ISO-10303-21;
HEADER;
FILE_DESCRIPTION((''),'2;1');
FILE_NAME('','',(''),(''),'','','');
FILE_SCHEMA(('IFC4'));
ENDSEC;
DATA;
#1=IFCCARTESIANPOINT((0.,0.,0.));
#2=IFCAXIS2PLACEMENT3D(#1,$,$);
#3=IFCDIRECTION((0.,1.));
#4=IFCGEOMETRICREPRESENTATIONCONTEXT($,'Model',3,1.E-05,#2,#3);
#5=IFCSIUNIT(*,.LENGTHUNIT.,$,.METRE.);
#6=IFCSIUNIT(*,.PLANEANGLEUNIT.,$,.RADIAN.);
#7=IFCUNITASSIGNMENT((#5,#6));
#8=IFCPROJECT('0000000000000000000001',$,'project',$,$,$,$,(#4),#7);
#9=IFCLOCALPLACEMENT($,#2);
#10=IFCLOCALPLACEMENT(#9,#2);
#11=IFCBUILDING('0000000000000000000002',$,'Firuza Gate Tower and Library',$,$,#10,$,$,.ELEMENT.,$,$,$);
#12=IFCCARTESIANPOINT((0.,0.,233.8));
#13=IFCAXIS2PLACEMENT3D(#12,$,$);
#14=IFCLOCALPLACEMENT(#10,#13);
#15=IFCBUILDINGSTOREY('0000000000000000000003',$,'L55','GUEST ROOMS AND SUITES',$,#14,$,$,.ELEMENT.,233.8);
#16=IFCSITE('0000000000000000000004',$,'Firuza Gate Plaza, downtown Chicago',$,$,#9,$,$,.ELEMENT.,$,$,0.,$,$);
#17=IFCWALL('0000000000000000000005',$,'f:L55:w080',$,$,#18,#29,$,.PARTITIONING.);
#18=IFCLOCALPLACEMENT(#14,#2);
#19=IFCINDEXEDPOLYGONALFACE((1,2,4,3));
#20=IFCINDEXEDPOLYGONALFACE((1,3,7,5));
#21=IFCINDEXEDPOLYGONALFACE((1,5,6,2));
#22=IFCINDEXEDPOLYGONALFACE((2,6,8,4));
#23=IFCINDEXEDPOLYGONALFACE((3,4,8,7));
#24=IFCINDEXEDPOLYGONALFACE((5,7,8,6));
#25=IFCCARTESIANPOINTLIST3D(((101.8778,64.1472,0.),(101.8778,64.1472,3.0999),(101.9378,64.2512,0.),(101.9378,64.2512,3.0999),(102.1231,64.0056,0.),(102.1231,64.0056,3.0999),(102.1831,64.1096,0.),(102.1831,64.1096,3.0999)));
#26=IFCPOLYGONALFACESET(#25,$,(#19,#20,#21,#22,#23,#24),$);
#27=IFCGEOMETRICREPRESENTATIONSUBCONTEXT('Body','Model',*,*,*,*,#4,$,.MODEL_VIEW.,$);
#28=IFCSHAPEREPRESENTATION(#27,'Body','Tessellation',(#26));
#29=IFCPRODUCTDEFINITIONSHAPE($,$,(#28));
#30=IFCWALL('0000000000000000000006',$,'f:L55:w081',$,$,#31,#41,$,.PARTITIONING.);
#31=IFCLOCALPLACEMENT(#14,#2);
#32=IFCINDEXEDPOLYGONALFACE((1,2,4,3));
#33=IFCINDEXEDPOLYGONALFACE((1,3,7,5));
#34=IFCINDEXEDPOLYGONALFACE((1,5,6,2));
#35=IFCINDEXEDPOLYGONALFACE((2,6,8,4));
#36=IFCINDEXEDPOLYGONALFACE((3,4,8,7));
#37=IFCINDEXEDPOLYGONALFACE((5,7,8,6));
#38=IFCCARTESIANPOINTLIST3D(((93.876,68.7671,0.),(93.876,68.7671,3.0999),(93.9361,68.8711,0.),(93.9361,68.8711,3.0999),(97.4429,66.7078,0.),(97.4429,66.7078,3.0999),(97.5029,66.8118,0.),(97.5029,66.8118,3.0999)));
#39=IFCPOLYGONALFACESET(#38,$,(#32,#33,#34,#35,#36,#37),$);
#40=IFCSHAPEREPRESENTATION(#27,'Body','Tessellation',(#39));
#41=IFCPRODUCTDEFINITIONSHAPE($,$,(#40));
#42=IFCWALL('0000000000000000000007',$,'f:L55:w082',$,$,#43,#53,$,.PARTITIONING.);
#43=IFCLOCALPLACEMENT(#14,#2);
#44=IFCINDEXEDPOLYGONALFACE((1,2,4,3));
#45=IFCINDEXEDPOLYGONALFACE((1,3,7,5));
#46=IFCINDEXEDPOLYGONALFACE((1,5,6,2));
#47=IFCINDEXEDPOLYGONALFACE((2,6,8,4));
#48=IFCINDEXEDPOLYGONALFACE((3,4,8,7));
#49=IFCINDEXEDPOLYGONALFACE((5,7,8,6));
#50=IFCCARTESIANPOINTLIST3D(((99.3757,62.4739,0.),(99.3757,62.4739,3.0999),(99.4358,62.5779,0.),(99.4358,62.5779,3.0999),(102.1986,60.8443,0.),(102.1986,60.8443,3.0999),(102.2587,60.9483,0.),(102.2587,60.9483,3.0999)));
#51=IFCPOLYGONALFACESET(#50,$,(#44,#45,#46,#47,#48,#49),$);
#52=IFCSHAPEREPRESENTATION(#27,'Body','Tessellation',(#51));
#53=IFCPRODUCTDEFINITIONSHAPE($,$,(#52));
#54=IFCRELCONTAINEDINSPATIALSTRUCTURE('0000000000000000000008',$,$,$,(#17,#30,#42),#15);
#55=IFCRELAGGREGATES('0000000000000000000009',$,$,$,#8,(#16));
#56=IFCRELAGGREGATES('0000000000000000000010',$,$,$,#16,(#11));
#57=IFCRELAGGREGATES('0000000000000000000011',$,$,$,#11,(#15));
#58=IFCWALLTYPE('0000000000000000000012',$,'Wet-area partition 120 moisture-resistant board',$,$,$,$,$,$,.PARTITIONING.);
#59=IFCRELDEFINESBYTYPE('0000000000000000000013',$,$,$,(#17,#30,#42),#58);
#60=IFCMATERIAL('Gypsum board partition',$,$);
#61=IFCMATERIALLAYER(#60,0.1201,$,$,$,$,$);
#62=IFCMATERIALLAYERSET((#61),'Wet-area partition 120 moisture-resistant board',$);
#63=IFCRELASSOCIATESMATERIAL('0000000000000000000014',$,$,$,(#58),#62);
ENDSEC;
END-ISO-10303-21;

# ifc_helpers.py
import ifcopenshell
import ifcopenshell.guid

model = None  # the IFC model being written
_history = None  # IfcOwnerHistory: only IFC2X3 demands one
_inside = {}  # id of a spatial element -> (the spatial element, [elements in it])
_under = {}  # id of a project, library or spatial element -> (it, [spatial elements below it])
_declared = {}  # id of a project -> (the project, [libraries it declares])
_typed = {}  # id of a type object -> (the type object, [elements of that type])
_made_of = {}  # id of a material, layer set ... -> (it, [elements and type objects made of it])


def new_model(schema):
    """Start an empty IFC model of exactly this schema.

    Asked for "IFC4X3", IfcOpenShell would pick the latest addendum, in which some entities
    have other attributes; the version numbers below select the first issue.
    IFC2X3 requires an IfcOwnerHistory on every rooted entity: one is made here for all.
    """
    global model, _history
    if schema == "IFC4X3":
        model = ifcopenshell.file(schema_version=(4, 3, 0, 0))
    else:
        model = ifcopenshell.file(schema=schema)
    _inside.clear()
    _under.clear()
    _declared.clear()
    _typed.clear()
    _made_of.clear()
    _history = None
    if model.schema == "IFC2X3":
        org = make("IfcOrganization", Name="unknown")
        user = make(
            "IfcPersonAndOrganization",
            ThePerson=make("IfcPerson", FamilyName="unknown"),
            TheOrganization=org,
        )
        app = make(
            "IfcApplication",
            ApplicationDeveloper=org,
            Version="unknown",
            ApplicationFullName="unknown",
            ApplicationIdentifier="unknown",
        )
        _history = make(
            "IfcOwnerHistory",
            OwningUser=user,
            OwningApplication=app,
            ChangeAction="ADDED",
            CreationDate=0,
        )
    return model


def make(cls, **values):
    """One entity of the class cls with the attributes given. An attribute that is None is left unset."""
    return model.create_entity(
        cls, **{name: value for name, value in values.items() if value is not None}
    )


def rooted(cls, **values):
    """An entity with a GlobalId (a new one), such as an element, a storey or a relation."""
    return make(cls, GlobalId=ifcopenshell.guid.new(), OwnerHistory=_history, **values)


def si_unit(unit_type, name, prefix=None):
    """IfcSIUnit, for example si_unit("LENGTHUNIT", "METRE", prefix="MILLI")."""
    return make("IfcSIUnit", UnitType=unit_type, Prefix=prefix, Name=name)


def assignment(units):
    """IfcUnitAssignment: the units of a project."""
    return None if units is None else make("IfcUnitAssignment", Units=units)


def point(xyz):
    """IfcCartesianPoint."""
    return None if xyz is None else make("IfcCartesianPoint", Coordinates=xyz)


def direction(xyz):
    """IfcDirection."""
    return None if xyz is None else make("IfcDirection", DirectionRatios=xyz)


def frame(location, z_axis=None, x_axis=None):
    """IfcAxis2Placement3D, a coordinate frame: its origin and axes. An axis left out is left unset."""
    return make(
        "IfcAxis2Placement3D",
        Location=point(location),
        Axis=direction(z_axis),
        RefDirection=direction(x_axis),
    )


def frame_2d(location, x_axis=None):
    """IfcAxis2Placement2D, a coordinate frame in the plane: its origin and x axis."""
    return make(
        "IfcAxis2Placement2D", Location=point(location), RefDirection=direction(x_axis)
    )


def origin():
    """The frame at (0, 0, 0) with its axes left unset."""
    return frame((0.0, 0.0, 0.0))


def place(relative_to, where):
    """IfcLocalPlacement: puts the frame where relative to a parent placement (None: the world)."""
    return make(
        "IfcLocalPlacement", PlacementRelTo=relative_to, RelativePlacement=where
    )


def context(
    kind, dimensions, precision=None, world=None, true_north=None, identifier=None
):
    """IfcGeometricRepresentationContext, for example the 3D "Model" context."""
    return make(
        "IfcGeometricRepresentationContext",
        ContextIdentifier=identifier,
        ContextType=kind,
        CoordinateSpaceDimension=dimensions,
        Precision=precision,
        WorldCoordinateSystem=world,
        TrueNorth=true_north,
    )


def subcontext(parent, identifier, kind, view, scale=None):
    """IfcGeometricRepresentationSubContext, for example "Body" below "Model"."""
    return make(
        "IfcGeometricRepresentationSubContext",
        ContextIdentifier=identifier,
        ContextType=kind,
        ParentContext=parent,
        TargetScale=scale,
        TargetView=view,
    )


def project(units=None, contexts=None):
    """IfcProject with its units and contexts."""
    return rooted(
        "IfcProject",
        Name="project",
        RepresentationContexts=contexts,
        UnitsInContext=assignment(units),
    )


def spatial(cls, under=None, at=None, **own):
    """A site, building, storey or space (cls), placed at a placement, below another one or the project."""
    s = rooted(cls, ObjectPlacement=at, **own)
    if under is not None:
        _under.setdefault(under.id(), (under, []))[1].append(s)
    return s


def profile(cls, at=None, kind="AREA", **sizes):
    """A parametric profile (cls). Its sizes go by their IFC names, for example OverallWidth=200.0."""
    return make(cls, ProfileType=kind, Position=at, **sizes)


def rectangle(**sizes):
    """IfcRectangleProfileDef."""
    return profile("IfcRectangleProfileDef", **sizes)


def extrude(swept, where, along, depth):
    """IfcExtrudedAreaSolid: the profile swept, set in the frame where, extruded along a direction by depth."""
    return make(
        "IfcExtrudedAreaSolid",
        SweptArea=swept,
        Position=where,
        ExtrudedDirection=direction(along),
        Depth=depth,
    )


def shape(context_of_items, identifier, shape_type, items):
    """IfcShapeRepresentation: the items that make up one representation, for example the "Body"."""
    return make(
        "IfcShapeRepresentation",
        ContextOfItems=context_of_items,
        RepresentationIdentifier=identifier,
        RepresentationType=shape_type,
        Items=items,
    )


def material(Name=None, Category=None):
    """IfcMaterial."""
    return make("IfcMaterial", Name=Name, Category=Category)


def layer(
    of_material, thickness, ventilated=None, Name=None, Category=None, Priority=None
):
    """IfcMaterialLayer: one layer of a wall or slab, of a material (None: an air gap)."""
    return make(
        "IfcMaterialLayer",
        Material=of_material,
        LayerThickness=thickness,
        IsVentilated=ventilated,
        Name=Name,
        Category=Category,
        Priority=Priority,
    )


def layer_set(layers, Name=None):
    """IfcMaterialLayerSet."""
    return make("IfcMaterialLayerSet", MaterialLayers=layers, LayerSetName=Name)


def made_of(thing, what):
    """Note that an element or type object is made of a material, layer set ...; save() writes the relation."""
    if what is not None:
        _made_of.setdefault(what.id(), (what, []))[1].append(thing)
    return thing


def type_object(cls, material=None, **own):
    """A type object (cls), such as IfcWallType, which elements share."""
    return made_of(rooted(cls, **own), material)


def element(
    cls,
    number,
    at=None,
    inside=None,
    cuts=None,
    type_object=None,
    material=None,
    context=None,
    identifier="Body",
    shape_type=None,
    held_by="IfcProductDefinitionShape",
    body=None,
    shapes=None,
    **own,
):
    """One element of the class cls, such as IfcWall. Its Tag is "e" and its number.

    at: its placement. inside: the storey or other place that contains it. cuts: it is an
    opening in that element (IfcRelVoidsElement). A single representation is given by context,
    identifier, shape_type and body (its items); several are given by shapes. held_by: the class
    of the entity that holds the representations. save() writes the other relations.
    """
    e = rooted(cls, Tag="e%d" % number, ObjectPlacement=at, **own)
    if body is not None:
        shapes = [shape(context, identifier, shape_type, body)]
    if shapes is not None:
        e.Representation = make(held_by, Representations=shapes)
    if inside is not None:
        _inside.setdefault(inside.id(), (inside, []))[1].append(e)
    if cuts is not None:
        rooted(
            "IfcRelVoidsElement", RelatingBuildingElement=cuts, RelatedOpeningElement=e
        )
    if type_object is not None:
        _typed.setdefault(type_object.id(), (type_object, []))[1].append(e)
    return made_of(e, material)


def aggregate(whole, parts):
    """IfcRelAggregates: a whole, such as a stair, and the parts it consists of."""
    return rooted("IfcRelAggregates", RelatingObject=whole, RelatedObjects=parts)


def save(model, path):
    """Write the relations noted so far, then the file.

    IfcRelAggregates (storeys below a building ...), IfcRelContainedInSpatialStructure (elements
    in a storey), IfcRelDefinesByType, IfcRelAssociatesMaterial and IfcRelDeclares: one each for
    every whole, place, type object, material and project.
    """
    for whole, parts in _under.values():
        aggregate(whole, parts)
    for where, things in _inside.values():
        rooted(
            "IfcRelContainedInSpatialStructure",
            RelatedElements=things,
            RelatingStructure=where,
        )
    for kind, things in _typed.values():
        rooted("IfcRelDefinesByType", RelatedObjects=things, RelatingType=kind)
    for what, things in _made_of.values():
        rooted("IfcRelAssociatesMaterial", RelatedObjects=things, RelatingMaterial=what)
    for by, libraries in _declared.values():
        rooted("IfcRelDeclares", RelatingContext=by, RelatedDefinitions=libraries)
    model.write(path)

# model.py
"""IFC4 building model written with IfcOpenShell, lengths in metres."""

from ifc_helpers import new_model, si_unit, direction, frame, frame_2d, origin, place, context, subcontext, project, spatial, rectangle, extrude, material, layer, layer_set, type_object, element, save


model = new_model("IFC4")

# Units and contexts
model_context = context("Model", 3, precision=1e-05, world=origin(), true_north=direction((0.0, 1.0)))
body_context = subcontext(model_context, "Body", "Model", "MODEL_VIEW")
ifc_project = project(units=[si_unit("LENGTHUNIT", "METRE"), si_unit("PLANEANGLEUNIT", "RADIAN")], contexts=[model_context])

# Site, building, storey
site_placement = place(None, origin())
site = spatial("IfcSite", under=ifc_project, at=site_placement, Name="Firuza Gate Plaza, downtown Chicago", CompositionType="ELEMENT", RefElevation=0.0)
building_placement = place(site_placement, origin())
building = spatial("IfcBuilding", under=site, at=building_placement, Name="Firuza Gate Tower and Library", CompositionType="ELEMENT")
storey_placement = place(building_placement, frame((0.0, 0.0, 233.8)))
storey = spatial("IfcBuildingStorey", under=building, at=storey_placement, Name="L55", Description="GUEST ROOMS AND SUITES", CompositionType="ELEMENT", Elevation=233.8)

# Shared definitions
ifc_material_1 = material(Name="Gypsum board partition")
ifc_layer_1 = layer(ifc_material_1, 0.1201)
ifc_layer_set_1 = layer_set([ifc_layer_1], Name="Wet-area partition 120 moisture-resistant board")
wall_type_1 = type_object("IfcWallType", Name="Wet-area partition 120 moisture-resistant board", PredefinedType="PARTITIONING", material=ifc_layer_set_1)

# Walls
wall_1_placement = place(storey_placement, frame((102.1531, 64.0576, 0.0), z_axis=(0.0, 0.0, 1.0), x_axis=(-0.866114, 0.499847, 0.0)))
element("IfcWall", 1, at=wall_1_placement, inside=storey, type_object=wall_type_1, Name="f:L55:w080", PredefinedType="PARTITIONING", context=body_context, shape_type="SweptSolid", body=[
    extrude(rectangle(XDim=0.2832, YDim=0.1201, at=frame_2d((0.1416, 0.0))), origin(), (0.0, 0.0, 1.0), 3.0999),
])
wall_2_placement = place(storey_placement, frame((97.4729, 66.7598, 0.0), z_axis=(0.0, 0.0, 1.0), x_axis=(-0.866028, 0.499996, 0.0)))
element("IfcWall", 2, at=wall_2_placement, inside=storey, type_object=wall_type_1, Name="f:L55:w081", PredefinedType="PARTITIONING", context=body_context, shape_type="SweptSolid", body=[
    extrude(rectangle(XDim=4.1187, YDim=0.1201, at=frame_2d((2.0593, 0.0))), origin(), (0.0, 0.0, 1.0), 3.0999),
])
wall_3_placement = place(storey_placement, frame((102.2288, 60.8962, 0.0), z_axis=(0.0, 0.0, 1.0), x_axis=(-0.866055, 0.499949, 0.0)))
element("IfcWall", 3, at=wall_3_placement, inside=storey, type_object=wall_type_1, Name="f:L55:w082", PredefinedType="PARTITIONING", context=body_context, shape_type="SweptSolid", body=[
    extrude(rectangle(XDim=3.2595, YDim=0.1201, at=frame_2d((1.6299, 0.0))), origin(), (0.0, 0.0, 1.0), 3.0999),
])

save(model, "model.ifc")
